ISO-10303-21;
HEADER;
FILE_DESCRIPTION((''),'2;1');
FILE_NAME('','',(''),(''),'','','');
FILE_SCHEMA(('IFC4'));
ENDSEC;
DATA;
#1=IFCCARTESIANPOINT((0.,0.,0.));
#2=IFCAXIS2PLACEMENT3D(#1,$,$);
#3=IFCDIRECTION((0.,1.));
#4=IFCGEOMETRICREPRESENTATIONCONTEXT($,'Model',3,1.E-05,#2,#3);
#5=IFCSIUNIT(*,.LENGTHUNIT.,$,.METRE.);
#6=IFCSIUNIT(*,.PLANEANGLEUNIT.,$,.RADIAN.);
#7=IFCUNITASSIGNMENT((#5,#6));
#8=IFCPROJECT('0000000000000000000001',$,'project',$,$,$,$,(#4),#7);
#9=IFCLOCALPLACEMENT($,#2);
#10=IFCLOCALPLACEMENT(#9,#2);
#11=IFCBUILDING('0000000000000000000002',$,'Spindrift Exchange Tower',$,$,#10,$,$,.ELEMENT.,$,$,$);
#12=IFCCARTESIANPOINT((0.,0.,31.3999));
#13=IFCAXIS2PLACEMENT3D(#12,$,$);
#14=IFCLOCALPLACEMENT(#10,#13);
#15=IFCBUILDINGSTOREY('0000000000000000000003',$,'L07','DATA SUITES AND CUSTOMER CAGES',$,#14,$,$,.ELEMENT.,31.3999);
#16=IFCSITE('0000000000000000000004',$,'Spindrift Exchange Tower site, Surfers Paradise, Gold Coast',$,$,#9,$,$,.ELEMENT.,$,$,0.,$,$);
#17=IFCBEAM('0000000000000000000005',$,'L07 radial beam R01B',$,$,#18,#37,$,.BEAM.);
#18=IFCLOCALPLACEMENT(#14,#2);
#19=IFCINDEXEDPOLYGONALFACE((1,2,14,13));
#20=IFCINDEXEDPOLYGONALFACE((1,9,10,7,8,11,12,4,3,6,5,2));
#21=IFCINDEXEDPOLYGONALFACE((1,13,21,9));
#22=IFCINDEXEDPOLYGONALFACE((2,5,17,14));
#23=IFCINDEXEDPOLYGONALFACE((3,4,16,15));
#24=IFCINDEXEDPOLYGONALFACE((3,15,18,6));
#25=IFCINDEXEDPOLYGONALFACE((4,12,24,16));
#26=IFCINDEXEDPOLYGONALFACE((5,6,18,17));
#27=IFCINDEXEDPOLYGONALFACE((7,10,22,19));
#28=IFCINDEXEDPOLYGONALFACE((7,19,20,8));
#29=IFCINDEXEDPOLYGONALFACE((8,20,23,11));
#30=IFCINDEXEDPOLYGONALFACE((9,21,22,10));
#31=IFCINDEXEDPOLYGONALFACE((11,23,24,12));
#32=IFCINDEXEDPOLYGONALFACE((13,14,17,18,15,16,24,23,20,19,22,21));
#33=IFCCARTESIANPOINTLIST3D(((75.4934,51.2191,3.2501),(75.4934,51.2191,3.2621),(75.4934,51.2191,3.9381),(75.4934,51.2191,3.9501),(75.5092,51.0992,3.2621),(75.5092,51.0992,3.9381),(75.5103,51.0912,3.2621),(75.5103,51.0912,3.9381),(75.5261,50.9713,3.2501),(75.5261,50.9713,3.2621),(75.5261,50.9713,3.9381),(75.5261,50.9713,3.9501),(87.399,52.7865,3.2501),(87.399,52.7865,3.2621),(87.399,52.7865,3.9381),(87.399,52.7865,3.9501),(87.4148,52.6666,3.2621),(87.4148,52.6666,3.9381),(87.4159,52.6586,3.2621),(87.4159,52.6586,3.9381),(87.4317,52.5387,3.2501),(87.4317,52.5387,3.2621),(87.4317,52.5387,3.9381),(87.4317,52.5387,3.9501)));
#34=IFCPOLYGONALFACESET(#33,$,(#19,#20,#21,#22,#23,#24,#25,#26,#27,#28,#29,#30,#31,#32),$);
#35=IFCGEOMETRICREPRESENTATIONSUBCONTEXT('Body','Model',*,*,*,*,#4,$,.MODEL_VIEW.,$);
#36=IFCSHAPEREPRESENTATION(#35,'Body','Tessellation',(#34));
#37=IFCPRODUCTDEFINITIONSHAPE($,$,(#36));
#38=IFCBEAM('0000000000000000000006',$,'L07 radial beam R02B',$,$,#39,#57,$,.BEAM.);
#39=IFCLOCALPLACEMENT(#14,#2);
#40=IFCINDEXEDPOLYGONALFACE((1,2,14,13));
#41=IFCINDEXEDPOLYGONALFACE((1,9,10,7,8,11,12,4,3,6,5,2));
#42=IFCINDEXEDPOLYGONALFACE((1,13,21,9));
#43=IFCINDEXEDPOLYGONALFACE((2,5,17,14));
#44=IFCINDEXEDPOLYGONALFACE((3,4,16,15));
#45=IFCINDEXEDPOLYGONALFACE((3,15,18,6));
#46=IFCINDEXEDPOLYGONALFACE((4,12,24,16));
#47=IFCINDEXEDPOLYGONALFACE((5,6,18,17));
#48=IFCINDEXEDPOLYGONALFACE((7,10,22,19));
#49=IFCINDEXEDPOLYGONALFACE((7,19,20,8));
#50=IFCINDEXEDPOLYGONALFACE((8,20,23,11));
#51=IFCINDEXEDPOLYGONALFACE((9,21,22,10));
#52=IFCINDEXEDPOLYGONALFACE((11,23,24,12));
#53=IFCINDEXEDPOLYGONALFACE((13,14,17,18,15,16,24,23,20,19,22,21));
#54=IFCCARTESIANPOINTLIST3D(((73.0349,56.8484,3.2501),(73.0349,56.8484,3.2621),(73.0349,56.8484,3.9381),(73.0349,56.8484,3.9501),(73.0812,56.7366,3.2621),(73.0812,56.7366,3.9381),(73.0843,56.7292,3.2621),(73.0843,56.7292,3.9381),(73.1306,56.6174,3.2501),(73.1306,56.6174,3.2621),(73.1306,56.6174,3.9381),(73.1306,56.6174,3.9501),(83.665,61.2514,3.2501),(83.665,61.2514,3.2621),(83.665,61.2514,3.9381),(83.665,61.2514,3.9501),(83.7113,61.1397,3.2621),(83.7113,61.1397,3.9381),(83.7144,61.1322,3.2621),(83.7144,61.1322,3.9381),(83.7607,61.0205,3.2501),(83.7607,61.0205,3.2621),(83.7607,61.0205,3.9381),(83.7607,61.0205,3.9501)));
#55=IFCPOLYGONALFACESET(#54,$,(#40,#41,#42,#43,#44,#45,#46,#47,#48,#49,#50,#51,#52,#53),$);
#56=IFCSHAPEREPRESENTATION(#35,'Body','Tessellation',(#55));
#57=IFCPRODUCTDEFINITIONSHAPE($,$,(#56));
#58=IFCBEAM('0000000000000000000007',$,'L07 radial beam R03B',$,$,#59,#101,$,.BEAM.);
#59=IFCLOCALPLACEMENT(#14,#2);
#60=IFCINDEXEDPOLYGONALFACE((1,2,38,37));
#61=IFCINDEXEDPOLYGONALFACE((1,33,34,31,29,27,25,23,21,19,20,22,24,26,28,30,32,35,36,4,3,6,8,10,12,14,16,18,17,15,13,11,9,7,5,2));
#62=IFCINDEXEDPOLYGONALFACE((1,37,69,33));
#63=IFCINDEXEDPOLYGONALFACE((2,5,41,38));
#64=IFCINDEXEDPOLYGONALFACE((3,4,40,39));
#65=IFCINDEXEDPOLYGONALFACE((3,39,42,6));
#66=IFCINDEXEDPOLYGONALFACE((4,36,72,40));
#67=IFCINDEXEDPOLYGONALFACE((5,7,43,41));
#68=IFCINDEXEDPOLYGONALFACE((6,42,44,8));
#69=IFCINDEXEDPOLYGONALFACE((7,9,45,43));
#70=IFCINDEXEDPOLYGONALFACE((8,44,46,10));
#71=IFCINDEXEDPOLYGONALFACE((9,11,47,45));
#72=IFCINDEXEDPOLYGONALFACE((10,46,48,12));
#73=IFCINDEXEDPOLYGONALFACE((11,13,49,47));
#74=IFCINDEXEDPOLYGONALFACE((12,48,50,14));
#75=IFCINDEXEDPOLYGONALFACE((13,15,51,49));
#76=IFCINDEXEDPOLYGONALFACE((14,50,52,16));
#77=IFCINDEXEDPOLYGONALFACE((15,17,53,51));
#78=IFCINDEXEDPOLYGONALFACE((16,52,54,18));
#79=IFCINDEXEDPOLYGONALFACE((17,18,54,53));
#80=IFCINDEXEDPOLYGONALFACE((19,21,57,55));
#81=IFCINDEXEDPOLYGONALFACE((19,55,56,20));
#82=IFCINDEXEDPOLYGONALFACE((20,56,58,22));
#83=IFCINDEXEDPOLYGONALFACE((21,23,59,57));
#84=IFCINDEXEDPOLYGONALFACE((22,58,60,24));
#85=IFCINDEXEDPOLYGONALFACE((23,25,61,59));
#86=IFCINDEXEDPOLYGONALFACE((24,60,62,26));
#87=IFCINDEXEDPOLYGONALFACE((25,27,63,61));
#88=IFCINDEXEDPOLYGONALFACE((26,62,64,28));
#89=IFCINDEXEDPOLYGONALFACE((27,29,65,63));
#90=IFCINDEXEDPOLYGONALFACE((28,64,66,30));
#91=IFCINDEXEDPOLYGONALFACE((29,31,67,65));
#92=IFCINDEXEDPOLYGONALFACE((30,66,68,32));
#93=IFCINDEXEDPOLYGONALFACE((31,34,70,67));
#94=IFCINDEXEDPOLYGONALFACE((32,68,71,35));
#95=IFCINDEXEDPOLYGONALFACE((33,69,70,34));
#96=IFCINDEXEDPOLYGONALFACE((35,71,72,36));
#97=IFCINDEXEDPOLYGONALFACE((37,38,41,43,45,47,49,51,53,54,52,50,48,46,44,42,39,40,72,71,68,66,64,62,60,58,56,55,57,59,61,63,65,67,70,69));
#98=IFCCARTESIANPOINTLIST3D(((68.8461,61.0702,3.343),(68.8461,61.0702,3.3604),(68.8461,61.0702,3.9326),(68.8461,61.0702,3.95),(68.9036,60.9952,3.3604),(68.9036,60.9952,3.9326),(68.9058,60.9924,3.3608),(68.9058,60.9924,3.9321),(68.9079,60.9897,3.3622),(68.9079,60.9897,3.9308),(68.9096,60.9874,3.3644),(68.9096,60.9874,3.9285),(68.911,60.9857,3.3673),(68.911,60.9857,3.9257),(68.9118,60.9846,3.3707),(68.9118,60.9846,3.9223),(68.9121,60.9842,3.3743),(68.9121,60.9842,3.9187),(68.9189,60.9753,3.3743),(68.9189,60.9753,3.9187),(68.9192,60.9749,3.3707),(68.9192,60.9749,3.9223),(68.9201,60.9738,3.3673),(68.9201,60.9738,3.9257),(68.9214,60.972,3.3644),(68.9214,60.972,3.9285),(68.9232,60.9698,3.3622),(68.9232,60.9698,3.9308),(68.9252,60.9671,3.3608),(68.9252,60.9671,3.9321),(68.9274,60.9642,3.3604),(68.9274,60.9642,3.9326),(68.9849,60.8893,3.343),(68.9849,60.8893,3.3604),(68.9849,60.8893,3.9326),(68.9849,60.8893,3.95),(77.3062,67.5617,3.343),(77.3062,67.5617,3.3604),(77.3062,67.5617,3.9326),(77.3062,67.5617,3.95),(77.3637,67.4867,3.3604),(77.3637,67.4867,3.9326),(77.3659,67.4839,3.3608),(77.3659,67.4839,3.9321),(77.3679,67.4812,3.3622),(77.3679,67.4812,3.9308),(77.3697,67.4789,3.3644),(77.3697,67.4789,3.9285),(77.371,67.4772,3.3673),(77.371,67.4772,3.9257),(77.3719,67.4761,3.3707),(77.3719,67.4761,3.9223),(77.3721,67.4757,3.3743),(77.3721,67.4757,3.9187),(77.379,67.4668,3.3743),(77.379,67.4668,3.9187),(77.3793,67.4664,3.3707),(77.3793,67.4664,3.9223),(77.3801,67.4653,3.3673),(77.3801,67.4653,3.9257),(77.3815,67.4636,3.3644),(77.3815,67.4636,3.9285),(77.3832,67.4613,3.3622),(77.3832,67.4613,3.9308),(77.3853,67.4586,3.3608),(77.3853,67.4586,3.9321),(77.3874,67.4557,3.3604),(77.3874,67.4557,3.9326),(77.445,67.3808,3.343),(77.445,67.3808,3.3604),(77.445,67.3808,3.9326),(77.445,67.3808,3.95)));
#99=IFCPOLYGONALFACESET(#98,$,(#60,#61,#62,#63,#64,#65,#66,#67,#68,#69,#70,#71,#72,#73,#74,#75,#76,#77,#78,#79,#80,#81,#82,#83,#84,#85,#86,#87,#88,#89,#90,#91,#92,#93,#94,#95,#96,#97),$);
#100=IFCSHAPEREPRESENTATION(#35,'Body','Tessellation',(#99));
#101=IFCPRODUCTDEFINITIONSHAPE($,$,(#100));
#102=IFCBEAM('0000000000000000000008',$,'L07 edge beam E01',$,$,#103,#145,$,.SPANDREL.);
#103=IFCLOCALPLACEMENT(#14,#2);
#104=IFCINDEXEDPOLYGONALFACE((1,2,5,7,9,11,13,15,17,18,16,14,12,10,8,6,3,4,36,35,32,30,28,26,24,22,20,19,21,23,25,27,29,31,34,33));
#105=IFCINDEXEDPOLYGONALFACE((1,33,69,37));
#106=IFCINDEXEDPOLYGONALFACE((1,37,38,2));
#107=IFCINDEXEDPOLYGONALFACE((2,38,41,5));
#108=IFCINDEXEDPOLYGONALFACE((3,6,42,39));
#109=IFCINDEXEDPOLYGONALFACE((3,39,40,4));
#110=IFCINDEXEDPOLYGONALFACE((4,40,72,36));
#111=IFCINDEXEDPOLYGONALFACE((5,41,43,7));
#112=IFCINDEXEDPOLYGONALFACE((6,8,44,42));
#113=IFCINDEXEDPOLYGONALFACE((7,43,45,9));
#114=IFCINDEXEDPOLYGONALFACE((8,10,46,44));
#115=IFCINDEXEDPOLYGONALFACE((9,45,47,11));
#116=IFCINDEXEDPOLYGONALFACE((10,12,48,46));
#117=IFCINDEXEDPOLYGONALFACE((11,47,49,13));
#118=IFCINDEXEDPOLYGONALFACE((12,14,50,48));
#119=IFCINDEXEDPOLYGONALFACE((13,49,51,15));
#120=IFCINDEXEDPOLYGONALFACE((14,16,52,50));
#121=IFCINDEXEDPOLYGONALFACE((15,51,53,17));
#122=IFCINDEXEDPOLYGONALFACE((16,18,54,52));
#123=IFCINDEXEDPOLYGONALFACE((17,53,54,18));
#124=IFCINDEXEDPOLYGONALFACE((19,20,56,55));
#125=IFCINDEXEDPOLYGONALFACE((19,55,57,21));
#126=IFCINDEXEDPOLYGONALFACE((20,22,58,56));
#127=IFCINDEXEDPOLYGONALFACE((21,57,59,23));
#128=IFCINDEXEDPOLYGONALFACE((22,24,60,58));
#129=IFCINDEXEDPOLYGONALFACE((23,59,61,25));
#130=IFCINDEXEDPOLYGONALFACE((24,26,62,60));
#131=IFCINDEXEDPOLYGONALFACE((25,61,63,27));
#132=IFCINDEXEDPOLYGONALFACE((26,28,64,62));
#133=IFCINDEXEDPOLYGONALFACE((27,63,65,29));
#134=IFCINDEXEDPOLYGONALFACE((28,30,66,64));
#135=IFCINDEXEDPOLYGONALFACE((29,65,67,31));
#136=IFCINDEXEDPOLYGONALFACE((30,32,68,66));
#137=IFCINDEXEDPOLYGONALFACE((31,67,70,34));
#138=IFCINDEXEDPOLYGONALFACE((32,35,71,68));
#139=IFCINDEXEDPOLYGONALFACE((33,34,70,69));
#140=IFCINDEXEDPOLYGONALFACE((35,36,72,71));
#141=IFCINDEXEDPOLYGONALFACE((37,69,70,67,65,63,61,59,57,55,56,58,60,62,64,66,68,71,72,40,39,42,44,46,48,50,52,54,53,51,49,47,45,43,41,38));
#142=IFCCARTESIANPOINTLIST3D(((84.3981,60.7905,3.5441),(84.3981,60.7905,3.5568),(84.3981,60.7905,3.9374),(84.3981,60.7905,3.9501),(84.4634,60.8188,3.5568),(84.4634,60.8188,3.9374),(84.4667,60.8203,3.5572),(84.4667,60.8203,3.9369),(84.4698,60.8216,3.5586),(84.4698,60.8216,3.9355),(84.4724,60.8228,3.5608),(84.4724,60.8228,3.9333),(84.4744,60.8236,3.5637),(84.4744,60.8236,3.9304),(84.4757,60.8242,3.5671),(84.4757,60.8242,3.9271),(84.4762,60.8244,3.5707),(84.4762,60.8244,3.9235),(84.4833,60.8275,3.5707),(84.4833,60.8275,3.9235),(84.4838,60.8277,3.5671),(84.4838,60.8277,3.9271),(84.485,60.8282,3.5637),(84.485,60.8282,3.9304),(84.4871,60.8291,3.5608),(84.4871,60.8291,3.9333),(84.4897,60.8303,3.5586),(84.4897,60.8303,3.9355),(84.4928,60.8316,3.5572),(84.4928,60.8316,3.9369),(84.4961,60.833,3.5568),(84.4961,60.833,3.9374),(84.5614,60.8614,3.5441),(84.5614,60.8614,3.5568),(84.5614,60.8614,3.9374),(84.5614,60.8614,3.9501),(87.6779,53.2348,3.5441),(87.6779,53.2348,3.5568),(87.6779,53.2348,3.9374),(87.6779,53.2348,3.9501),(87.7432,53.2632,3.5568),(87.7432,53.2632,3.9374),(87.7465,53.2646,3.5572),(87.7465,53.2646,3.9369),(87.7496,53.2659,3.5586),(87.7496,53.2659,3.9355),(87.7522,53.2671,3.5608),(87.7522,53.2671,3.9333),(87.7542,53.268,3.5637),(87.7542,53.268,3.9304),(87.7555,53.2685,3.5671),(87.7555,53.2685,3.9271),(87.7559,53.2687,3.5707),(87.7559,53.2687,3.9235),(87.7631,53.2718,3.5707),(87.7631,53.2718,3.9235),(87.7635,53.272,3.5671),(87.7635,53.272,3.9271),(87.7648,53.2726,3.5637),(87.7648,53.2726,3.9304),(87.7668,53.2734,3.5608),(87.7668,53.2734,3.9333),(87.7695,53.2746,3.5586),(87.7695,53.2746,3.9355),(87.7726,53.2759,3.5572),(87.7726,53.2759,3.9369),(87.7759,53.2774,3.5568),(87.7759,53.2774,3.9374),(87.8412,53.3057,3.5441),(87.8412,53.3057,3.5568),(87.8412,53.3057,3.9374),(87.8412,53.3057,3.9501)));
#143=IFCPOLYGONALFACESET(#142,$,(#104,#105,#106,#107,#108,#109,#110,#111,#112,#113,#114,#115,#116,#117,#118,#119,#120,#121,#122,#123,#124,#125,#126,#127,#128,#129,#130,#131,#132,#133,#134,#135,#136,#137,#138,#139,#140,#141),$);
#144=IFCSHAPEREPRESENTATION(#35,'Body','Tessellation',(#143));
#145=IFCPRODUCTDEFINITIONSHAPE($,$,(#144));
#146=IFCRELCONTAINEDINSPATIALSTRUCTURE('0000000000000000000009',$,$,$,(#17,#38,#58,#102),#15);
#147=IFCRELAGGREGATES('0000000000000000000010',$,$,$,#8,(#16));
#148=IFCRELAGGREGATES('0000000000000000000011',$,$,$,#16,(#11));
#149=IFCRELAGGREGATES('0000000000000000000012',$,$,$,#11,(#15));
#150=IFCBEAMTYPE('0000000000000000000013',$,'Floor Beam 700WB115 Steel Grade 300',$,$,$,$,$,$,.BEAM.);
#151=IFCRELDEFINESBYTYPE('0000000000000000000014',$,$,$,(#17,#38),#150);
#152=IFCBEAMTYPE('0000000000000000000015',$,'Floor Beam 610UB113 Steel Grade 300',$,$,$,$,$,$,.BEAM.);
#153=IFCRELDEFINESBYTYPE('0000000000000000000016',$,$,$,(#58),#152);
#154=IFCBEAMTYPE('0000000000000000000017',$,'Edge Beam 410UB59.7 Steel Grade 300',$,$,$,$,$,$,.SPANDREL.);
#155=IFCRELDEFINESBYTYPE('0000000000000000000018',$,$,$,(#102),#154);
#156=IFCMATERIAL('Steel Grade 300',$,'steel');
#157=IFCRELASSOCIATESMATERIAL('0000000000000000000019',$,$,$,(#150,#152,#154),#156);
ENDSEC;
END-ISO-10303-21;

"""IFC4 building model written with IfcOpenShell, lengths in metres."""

from ifc_helpers import new_model, si_unit, direction, frame, origin, origin_2d, place, context, subcontext, project, spatial, i_section, extrude, source, transform, mapped, material, material_profile, profile_set, type_object, element, save


model = new_model("IFC4")

# Units and contexts
model_context = context("Model", 3, precision=1e-05, world=origin(), true_north=direction((0.0, 1.0)))
body_context = subcontext(model_context, "Body", "Model", "MODEL_VIEW")
ifc_project = project(units=[si_unit("LENGTHUNIT", "METRE"), si_unit("PLANEANGLEUNIT", "RADIAN")], contexts=[model_context])

# Site, building, storey
site_placement = place(None, origin())
site = spatial("IfcSite", under=ifc_project, at=site_placement, Name="Spindrift Exchange Tower site, Surfers Paradise, Gold Coast", CompositionType="ELEMENT", RefElevation=0.0)
building_placement = place(site_placement, origin())
building = spatial("IfcBuilding", under=site, at=building_placement, Name="Spindrift Exchange Tower", CompositionType="ELEMENT")
storey_placement = place(building_placement, frame((0.0, 0.0, 31.3999)))
storey = spatial("IfcBuildingStorey", under=building, at=storey_placement, Name="L07", Description="DATA SUITES AND CUSTOMER CAGES", CompositionType="ELEMENT", Elevation=31.3999)

# Beams
ifc_material_1 = material(Name="Steel Grade 300", Category="steel")
ifc_material_profile_1 = material_profile(ifc_material_1, i_section(OverallWidth=0.25, OverallDepth=0.7, WebThickness=0.0081, FlangeThickness=0.012, at=origin_2d()), Name="700WB115")
ifc_profile_set_1 = profile_set([ifc_material_profile_1], Name="Steel Grade 300")
beam_type_1 = type_object("IfcBeamType", Name="Floor Beam 700WB115 Steel Grade 300", PredefinedType="BEAM", material=ifc_profile_set_1)
shared_shape_1 = source(origin(), body_context, "Body", "SweptSolid", [
    extrude(i_section(OverallWidth=0.25, OverallDepth=0.7, WebThickness=0.0081, FlangeThickness=0.012, at=origin_2d()), origin(), (0.0, 0.0, 1.0), 12.0083),
])
beam_1_placement = place(storey_placement, frame((75.5098, 51.0952, 3.6001), z_axis=(0.991445, 0.130526, 0.0), x_axis=(-0.130526, 0.991445, 0.0)))
element("IfcBeam", 1, at=beam_1_placement, inside=storey, type_object=beam_type_1, Name="L07 radial beam R01B", PredefinedType="BEAM", context=body_context, shape_type="MappedRepresentation", body=[
    mapped(shared_shape_1, transform((0.0, 0.0, 0.0), scale=1.0)),
])
shared_shape_2 = source(origin(), body_context, "Body", "SweptSolid", [
    extrude(i_section(OverallWidth=0.25, OverallDepth=0.7, WebThickness=0.0081, FlangeThickness=0.012, at=origin_2d()), origin(), (0.0, 0.0, 1.0), 11.5059),
])
beam_2_placement = place(storey_placement, frame((73.0828, 56.7329, 3.6001), z_axis=(0.923882, 0.382678, 0.0), x_axis=(-0.382678, 0.923882, 0.0)))
element("IfcBeam", 2, at=beam_2_placement, inside=storey, type_object=beam_type_1, Name="L07 radial beam R02B", PredefinedType="BEAM", context=body_context, shape_type="MappedRepresentation", body=[
    mapped(shared_shape_2, transform((0.0, 0.0, 0.0), scale=1.0)),
])
ifc_material_profile_2 = material_profile(ifc_material_1, i_section(OverallWidth=0.228, OverallDepth=0.6069, WebThickness=0.0112, FlangeThickness=0.0173, FilletRadius=0.0139, at=origin_2d()), Name="610UB113")
ifc_profile_set_2 = profile_set([ifc_material_profile_2], Name="Steel Grade 300")
beam_type_2 = type_object("IfcBeamType", Name="Floor Beam 610UB113 Steel Grade 300", PredefinedType="BEAM", material=ifc_profile_set_2)
shared_shape_3 = source(origin(), body_context, "Body", "SweptSolid", [
    extrude(i_section(OverallWidth=0.228, OverallDepth=0.6069, WebThickness=0.0112, FlangeThickness=0.0173, FilletRadius=0.0139, at=origin_2d()), origin(), (0.0, 0.0, 1.0), 10.6636),
])
beam_3_placement = place(storey_placement, frame((68.9155, 60.9797, 3.6465), z_axis=(0.793358, 0.608755, 0.0), x_axis=(-0.608755, 0.793358, 0.0)))
element("IfcBeam", 3, at=beam_3_placement, inside=storey, type_object=beam_type_2, Name="L07 radial beam R03B", PredefinedType="BEAM", context=body_context, shape_type="MappedRepresentation", body=[
    mapped(shared_shape_3, transform((0.0, 0.0, 0.0), scale=1.0)),
])
ifc_material_profile_3 = material_profile(ifc_material_1, i_section(OverallWidth=0.178, OverallDepth=0.406, WebThickness=0.0078, FlangeThickness=0.0127, FilletRadius=0.0139, at=origin_2d()), Name="410UB59.7")
ifc_profile_set_3 = profile_set([ifc_material_profile_3], Name="Steel Grade 300")
beam_type_3 = type_object("IfcBeamType", Name="Edge Beam 410UB59.7 Steel Grade 300", PredefinedType="SPANDREL", material=ifc_profile_set_3)
shared_shape_4 = source(origin(), body_context, "Body", "SweptSolid", [
    extrude(i_section(OverallWidth=0.178, OverallDepth=0.406, WebThickness=0.0078, FlangeThickness=0.0127, FilletRadius=0.0139, at=origin_2d()), origin(), (0.0, 0.0, 1.0), 8.2368),
])
beam_4_placement = place(storey_placement, frame((87.7595, 53.2703, 3.7471), z_axis=(-0.398186, 0.917305, 0.0), x_axis=(-0.917305, -0.398186, 0.0)))
element("IfcBeam", 4, at=beam_4_placement, inside=storey, type_object=beam_type_3, Name="L07 edge beam E01", PredefinedType="SPANDREL", context=body_context, shape_type="MappedRepresentation", body=[
    mapped(shared_shape_4, transform((0.0, 0.0, 0.0), scale=1.0)),
])

save(model, "model.ifc")
